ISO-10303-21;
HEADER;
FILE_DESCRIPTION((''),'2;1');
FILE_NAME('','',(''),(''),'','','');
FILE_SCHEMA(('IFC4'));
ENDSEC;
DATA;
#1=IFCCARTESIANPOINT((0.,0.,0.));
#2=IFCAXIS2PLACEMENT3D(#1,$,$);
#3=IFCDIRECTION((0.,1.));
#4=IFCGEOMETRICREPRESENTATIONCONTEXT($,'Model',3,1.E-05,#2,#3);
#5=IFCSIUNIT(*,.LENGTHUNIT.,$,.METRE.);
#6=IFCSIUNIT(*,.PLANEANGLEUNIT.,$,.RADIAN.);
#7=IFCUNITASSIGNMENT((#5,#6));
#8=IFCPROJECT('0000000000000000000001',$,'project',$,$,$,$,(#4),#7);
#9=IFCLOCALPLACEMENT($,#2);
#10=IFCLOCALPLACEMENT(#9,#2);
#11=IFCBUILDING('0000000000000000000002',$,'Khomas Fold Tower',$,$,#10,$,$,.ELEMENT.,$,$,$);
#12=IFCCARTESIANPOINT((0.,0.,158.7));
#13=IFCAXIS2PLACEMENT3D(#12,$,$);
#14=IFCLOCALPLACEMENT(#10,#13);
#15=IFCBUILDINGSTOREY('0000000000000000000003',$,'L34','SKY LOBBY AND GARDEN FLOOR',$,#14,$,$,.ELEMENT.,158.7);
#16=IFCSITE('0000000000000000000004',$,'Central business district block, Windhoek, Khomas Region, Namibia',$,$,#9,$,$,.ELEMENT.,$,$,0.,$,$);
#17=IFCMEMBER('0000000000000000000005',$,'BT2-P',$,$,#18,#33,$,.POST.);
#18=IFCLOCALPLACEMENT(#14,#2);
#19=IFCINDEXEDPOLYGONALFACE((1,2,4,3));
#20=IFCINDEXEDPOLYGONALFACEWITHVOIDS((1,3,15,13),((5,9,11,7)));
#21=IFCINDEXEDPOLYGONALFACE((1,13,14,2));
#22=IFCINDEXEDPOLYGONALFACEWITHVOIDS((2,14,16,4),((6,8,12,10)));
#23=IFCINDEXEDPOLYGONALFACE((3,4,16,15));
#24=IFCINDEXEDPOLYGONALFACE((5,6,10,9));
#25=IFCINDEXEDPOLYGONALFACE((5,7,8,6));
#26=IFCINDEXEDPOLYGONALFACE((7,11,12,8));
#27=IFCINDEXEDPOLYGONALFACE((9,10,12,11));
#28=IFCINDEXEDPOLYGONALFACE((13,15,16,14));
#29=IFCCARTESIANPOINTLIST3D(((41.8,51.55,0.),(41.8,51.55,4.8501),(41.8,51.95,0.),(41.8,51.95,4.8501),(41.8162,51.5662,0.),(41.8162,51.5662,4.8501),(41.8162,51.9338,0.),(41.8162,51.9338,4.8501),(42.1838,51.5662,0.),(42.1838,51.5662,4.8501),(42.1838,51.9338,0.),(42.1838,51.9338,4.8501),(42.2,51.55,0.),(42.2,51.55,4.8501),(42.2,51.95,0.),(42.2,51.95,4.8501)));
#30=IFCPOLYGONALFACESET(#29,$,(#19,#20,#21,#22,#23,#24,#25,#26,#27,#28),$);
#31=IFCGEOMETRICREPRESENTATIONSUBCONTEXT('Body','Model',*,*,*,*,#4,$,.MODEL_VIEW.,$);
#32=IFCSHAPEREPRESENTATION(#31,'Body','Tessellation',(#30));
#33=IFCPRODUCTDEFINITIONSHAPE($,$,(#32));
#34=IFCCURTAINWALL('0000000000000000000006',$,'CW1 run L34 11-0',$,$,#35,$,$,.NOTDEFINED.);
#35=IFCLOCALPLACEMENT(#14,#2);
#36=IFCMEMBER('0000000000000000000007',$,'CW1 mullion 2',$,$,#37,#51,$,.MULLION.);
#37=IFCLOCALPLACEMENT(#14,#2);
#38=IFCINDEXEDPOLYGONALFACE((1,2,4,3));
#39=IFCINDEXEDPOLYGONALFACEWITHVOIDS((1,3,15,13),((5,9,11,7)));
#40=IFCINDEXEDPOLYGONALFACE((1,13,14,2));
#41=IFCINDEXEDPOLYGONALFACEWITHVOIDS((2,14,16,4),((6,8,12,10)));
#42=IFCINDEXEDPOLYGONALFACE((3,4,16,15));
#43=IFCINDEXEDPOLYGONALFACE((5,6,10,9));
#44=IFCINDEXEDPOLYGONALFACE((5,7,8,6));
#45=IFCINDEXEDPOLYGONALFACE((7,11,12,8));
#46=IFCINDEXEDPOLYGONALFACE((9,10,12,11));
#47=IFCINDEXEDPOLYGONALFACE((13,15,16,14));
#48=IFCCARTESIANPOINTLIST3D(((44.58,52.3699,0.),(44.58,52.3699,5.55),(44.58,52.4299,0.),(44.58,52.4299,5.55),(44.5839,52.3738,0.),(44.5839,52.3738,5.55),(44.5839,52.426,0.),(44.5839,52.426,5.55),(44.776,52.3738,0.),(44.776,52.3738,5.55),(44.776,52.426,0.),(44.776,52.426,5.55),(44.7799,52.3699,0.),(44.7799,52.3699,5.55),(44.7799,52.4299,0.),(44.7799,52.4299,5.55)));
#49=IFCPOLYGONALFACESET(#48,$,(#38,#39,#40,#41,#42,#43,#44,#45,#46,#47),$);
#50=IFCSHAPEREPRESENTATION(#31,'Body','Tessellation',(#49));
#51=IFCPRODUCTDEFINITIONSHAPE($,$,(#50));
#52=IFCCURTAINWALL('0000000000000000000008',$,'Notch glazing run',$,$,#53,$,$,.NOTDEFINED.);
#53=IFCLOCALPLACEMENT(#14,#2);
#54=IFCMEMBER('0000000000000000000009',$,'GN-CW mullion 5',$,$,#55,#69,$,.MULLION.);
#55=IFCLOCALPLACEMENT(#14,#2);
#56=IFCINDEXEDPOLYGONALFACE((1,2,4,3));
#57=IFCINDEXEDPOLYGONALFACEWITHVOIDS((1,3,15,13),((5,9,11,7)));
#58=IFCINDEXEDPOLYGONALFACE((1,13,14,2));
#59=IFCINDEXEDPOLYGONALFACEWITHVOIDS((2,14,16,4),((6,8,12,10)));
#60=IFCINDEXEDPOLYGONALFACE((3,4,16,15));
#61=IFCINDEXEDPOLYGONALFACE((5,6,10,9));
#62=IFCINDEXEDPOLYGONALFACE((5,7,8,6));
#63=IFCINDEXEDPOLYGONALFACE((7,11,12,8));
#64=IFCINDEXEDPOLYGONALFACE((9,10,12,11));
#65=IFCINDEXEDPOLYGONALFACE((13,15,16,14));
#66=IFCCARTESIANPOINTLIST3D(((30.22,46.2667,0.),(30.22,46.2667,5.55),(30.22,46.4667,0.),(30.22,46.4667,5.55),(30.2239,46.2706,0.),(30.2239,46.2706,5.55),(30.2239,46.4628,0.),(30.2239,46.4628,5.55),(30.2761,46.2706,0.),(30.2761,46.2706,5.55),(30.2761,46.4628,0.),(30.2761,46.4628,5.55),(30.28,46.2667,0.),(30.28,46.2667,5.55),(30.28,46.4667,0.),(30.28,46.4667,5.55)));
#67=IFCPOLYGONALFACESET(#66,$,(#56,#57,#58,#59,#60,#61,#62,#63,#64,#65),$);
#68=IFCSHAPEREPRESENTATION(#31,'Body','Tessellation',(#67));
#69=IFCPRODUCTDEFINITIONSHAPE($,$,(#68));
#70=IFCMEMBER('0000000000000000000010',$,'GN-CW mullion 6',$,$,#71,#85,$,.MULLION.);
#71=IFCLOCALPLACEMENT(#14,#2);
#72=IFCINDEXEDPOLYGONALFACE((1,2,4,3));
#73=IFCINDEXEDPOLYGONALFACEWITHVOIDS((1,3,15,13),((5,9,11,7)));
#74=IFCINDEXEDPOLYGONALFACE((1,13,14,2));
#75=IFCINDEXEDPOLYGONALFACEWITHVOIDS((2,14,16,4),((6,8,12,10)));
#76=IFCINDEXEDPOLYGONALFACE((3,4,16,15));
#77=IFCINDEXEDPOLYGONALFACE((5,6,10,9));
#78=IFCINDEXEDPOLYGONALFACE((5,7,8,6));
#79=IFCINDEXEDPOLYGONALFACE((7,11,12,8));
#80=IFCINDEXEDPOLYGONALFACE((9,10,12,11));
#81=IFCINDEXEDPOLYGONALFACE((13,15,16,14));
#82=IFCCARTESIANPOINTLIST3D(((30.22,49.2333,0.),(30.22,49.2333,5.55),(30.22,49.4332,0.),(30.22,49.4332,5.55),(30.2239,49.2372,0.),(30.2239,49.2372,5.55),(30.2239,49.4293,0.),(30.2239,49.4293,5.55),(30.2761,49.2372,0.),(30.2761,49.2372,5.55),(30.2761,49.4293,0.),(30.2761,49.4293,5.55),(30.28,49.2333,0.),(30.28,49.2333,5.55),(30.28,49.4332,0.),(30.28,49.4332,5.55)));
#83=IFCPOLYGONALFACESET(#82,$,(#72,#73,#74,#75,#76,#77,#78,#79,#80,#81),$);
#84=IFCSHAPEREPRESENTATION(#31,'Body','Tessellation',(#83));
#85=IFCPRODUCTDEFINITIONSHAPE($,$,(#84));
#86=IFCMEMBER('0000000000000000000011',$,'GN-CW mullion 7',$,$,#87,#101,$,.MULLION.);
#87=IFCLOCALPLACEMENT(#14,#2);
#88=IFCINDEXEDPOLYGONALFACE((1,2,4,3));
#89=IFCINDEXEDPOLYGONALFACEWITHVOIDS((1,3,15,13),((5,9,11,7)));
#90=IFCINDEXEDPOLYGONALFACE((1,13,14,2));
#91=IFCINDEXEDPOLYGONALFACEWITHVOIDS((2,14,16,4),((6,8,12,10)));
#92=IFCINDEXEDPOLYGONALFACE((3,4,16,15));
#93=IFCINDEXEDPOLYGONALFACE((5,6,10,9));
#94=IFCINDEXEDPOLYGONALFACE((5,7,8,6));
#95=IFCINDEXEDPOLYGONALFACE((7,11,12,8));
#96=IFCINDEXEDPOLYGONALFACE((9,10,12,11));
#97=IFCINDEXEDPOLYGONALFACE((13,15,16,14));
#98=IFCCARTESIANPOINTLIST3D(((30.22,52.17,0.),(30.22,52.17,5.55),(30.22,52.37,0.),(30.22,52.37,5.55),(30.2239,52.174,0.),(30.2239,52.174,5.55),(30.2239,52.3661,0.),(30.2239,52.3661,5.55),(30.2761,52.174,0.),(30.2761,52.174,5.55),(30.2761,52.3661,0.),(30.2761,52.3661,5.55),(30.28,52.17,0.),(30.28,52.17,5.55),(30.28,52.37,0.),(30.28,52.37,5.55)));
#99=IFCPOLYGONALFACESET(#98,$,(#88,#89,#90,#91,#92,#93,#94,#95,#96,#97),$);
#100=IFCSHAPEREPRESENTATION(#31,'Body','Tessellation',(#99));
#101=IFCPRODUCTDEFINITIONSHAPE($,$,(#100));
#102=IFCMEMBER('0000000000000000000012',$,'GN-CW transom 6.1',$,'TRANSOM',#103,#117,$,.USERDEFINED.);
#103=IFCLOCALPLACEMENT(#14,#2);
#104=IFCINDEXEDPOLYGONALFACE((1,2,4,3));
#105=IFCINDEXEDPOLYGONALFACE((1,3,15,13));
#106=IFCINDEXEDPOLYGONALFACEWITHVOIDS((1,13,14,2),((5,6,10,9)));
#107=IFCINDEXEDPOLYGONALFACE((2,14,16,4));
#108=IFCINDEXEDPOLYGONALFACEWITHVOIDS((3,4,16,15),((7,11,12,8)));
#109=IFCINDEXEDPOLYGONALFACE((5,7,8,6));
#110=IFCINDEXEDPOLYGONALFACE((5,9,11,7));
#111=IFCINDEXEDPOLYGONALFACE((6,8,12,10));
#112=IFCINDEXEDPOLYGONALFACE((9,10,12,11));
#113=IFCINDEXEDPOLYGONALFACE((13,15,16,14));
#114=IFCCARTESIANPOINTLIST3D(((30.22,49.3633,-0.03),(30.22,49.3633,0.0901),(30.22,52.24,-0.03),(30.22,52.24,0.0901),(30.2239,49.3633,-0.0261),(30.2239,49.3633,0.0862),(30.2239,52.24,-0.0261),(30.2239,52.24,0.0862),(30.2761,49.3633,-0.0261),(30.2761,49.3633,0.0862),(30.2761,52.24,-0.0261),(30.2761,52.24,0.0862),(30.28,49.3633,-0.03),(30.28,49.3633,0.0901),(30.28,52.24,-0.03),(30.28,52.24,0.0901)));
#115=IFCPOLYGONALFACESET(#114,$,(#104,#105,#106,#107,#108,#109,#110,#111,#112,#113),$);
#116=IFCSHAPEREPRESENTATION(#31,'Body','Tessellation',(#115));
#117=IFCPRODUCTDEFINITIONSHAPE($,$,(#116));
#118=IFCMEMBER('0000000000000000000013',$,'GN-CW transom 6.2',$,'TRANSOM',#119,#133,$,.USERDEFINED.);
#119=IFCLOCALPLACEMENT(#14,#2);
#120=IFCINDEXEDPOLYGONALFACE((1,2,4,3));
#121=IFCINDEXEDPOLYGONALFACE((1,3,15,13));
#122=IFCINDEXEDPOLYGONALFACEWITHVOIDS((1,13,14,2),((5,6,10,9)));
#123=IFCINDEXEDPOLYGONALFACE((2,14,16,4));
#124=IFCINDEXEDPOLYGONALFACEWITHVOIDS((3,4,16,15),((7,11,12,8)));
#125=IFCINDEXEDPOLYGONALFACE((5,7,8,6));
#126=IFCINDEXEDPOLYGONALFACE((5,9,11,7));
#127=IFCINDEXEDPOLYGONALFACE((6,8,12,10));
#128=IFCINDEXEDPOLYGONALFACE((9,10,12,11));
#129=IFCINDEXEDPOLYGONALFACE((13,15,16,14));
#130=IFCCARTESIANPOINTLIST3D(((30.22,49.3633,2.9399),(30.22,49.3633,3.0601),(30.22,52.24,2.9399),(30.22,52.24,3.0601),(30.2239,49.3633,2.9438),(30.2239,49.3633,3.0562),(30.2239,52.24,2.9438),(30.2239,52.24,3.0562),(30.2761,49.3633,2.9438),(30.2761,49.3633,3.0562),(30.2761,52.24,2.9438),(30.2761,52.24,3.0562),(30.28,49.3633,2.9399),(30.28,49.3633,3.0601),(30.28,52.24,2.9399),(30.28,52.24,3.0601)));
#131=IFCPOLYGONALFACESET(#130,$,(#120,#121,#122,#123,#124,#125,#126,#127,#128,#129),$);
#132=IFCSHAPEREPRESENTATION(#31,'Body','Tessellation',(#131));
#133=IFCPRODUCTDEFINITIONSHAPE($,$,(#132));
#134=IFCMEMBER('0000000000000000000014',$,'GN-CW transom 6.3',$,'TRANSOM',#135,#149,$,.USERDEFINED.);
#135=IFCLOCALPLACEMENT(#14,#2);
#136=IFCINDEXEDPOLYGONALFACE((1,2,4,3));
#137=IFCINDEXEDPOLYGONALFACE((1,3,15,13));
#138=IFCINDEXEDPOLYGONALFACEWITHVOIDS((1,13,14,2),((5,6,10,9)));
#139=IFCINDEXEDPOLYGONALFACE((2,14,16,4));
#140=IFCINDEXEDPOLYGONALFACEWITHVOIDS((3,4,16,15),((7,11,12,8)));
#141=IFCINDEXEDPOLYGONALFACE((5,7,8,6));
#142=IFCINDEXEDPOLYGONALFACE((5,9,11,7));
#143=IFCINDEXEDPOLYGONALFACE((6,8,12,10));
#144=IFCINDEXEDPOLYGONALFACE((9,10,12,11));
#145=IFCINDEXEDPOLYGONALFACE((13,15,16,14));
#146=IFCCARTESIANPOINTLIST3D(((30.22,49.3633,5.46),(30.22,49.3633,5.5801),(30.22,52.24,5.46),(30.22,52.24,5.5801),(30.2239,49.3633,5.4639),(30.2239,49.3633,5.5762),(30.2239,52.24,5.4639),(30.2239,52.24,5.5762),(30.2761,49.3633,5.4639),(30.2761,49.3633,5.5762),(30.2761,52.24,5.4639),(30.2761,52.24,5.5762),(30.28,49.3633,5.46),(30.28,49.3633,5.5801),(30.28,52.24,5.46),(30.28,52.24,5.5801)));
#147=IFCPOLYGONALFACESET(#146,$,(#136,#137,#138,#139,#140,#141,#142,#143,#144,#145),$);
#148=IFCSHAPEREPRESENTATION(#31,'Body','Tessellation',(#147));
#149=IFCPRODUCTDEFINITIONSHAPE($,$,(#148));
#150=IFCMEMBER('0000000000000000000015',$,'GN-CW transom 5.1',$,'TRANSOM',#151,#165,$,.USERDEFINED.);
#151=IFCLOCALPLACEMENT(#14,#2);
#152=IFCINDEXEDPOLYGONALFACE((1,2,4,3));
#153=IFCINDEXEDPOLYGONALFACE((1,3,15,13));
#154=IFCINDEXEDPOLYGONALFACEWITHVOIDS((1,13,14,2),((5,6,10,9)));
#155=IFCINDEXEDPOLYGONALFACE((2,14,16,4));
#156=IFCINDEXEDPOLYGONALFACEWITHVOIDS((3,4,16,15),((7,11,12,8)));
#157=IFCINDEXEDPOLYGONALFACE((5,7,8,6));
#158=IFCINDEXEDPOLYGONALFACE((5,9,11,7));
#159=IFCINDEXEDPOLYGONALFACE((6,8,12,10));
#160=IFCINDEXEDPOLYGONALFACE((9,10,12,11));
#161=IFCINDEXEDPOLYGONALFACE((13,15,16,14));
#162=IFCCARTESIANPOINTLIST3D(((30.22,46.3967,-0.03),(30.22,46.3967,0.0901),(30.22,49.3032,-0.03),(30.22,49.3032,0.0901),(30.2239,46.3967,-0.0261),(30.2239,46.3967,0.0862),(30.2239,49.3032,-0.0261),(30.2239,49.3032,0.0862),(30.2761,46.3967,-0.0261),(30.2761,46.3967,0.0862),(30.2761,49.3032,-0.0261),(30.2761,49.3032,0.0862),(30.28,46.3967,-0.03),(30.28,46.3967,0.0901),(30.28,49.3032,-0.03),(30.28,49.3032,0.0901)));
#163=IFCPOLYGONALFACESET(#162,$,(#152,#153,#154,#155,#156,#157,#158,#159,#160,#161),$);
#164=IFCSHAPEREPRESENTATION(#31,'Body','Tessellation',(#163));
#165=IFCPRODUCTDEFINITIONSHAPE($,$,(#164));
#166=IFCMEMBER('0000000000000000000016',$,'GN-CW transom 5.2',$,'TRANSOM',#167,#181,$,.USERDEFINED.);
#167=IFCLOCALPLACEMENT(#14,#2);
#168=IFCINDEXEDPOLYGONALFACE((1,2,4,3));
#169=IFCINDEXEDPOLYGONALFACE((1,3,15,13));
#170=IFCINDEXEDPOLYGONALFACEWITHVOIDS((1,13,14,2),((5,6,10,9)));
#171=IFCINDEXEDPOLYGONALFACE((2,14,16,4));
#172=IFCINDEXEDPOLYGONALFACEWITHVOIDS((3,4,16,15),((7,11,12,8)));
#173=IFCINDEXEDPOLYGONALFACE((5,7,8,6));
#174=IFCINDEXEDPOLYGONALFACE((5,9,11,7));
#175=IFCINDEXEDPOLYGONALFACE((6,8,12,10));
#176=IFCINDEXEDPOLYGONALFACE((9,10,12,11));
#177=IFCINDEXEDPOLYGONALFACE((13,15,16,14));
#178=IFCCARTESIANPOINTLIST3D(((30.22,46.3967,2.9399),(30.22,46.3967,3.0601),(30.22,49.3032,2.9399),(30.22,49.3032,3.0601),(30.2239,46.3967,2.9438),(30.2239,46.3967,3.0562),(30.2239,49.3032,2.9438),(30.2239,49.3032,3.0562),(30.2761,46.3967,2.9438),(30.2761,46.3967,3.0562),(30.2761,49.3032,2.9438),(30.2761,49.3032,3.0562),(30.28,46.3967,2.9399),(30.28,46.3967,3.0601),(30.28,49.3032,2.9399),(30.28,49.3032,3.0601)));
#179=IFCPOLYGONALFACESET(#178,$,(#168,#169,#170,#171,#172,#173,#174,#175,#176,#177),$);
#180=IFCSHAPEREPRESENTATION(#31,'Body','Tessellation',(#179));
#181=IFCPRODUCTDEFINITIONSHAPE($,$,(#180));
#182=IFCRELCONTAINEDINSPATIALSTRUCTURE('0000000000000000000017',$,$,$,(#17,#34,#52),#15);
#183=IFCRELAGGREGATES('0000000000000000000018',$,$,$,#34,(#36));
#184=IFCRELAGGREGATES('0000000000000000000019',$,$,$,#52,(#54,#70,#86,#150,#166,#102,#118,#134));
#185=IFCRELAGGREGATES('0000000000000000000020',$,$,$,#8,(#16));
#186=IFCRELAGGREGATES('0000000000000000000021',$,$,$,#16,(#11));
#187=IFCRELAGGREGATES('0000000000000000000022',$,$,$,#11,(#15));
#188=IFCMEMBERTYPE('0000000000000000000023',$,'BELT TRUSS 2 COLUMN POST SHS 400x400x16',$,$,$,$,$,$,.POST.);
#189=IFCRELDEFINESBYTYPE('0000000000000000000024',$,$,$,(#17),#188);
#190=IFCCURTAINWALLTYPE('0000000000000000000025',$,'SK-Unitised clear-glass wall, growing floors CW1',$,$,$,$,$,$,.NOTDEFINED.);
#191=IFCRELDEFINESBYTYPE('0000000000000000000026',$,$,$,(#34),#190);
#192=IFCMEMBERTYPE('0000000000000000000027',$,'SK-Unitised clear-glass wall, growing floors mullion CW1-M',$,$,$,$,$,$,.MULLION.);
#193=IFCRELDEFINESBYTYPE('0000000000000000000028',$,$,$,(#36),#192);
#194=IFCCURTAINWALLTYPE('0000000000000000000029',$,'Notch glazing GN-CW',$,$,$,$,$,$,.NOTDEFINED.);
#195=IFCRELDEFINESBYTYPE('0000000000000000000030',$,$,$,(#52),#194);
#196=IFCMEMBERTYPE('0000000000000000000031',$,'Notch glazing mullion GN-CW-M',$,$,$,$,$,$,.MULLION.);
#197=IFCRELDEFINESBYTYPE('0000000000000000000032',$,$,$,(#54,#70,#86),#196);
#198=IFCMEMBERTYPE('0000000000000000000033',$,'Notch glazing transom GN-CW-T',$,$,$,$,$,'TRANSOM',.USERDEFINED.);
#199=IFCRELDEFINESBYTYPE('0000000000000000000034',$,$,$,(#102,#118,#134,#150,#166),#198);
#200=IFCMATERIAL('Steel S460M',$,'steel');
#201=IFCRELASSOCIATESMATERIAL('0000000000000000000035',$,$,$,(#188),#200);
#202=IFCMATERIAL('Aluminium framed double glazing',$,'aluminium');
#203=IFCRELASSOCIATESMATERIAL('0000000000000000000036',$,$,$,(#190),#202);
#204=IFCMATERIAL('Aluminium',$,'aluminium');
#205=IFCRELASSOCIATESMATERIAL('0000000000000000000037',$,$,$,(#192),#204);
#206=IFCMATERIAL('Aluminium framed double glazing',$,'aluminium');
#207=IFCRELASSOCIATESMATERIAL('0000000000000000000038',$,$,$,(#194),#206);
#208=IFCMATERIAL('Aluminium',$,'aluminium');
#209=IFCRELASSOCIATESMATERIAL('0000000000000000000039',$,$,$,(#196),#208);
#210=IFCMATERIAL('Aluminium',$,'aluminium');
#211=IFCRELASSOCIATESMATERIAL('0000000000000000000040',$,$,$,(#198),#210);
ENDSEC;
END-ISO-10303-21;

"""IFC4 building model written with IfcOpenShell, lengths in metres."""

from ifc_helpers import new_model, si_unit, direction, frame, origin, origin_2d, place, context, subcontext, project, spatial, hollow_rectangle, extrude, source, transform, mapped, material, material_profile, profile_set, type_object, element, aggregate, save


model = new_model("IFC4")

# Units and contexts
model_context = context("Model", 3, precision=1e-05, world=origin(), true_north=direction((0.0, 1.0)))
body_context = subcontext(model_context, "Body", "Model", "MODEL_VIEW")
ifc_project = project(units=[si_unit("LENGTHUNIT", "METRE"), si_unit("PLANEANGLEUNIT", "RADIAN")], contexts=[model_context])

# Site, building, storey
site_placement = place(None, origin())
site = spatial("IfcSite", under=ifc_project, at=site_placement, Name="Central business district block, Windhoek, Khomas Region, Namibia", CompositionType="ELEMENT", RefElevation=0.0)
building_placement = place(site_placement, origin())
building = spatial("IfcBuilding", under=site, at=building_placement, Name="Khomas Fold Tower", CompositionType="ELEMENT")
storey_placement = place(building_placement, frame((0.0, 0.0, 158.7)))
storey = spatial("IfcBuildingStorey", under=building, at=storey_placement, Name="L34", Description="SKY LOBBY AND GARDEN FLOOR", CompositionType="ELEMENT", Elevation=158.7)

# Member
ifc_material_1 = material(Name="Steel S460M", Category="steel")
ifc_material_profile_1 = material_profile(ifc_material_1, hollow_rectangle(XDim=0.3999, YDim=0.3999, WallThickness=0.0161, at=origin_2d()), Name="SHS 400x400x16")
ifc_profile_set_1 = profile_set([ifc_material_profile_1], Name="Steel S460M")
member_type_1 = type_object("IfcMemberType", Name="BELT TRUSS 2 COLUMN POST SHS 400x400x16", PredefinedType="POST", material=ifc_profile_set_1)
shared_shape_1 = source(origin(), body_context, "Body", "SweptSolid", [
    extrude(hollow_rectangle(XDim=0.3999, YDim=0.3999, WallThickness=0.0161, at=origin_2d()), origin(), (0.0, 0.0, 1.0), 4.8501),
])
member_1_placement = place(storey_placement, frame((42.0, 51.75, 0.0), z_axis=(0.0, 0.0, 1.0), x_axis=(1.0, 0.0, 0.0)))
element("IfcMember", 1, at=member_1_placement, inside=storey, type_object=member_type_1, Name="BT2-P", PredefinedType="POST", context=body_context, shape_type="MappedRepresentation", body=[
    mapped(shared_shape_1, transform((0.0, 0.0, 0.0))),
])

# Curtain wall, member
ifc_material_2 = material(Name="Aluminium framed double glazing", Category="aluminium")
curtain_wall_type_1 = type_object("IfcCurtainWallType", Name="SK-Unitised clear-glass wall, growing floors CW1", PredefinedType="NOTDEFINED", material=ifc_material_2)
curtain_wall_1_placement = place(storey_placement, origin())
curtain_wall_1 = element("IfcCurtainWall", 2, at=curtain_wall_1_placement, inside=storey, type_object=curtain_wall_type_1, Name="CW1 run L34 11-0", PredefinedType="NOTDEFINED")
ifc_material_3 = material(Name="Aluminium", Category="aluminium")
ifc_material_profile_2 = material_profile(ifc_material_3, hollow_rectangle(XDim=0.0601, YDim=0.2, WallThickness=0.0039, at=origin_2d()), Name="SK-Unitised clear-glass wall, growing floors mullion CW1-M")
ifc_profile_set_2 = profile_set([ifc_material_profile_2], Name="Aluminium")
member_type_2 = type_object("IfcMemberType", Name="SK-Unitised clear-glass wall, growing floors mullion CW1-M", PredefinedType="MULLION", material=ifc_profile_set_2)
shared_shape_2 = source(origin(), body_context, "Body", "SweptSolid", [
    extrude(hollow_rectangle(XDim=0.0601, YDim=0.2, WallThickness=0.0039, at=origin_2d()), origin(), (0.0, 0.0, 1.0), 5.55),
])
member_2_placement = place(storey_placement, frame((44.6799, 52.3999, 0.0), z_axis=(0.0, 0.0, 1.0), x_axis=(0.0, -1.0, 0.0)))
member_2 = element("IfcMember", 3, at=member_2_placement, type_object=member_type_2, Name="CW1 mullion 2", PredefinedType="MULLION", context=body_context, shape_type="MappedRepresentation", body=[
    mapped(shared_shape_2, transform((0.0, 0.0, 0.0))),
])
aggregate(curtain_wall_1, [member_2])

# Curtain wall, members
ifc_material_4 = material(Name="Aluminium framed double glazing", Category="aluminium")
curtain_wall_type_2 = type_object("IfcCurtainWallType", Name="Notch glazing GN-CW", PredefinedType="NOTDEFINED", material=ifc_material_4)
curtain_wall_2_placement = place(storey_placement, origin())
curtain_wall_2 = element("IfcCurtainWall", 4, at=curtain_wall_2_placement, inside=storey, type_object=curtain_wall_type_2, Name="Notch glazing run", PredefinedType="NOTDEFINED")
ifc_material_5 = material(Name="Aluminium", Category="aluminium")
ifc_material_profile_3 = material_profile(ifc_material_5, hollow_rectangle(XDim=0.0601, YDim=0.2, WallThickness=0.0039, at=origin_2d()), Name="Notch glazing mullion GN-CW-M")
ifc_profile_set_3 = profile_set([ifc_material_profile_3], Name="Aluminium")
member_type_3 = type_object("IfcMemberType", Name="Notch glazing mullion GN-CW-M", PredefinedType="MULLION", material=ifc_profile_set_3)
shared_shape_3 = source(origin(), body_context, "Body", "SweptSolid", [
    extrude(hollow_rectangle(XDim=0.0601, YDim=0.2, WallThickness=0.0039, at=origin_2d()), origin(), (0.0, 0.0, 1.0), 5.55),
])
member_3_placement = place(storey_placement, frame((30.25, 46.3667, 0.0), z_axis=(0.0, 0.0, 1.0), x_axis=(-1.0, 0.0, 0.0)))
member_3 = element("IfcMember", 5, at=member_3_placement, type_object=member_type_3, Name="GN-CW mullion 5", PredefinedType="MULLION", context=body_context, shape_type="MappedRepresentation", body=[
    mapped(shared_shape_3, transform((0.0, 0.0, 0.0))),
])
member_4_placement = place(storey_placement, frame((30.25, 49.3333, 0.0), z_axis=(0.0, 0.0, 1.0), x_axis=(-1.0, 0.0, 0.0)))
member_4 = element("IfcMember", 6, at=member_4_placement, type_object=member_type_3, Name="GN-CW mullion 6", PredefinedType="MULLION", context=body_context, shape_type="MappedRepresentation", body=[
    mapped(shared_shape_3, transform((0.0, 0.0, 0.0))),
])
member_5_placement = place(storey_placement, frame((30.25, 52.27, 0.0), z_axis=(0.0, 0.0, 1.0), x_axis=(-1.0, 0.0, 0.0)))
member_5 = element("IfcMember", 7, at=member_5_placement, type_object=member_type_3, Name="GN-CW mullion 7", PredefinedType="MULLION", context=body_context, shape_type="MappedRepresentation", body=[
    mapped(shared_shape_3, transform((0.0, 0.0, 0.0))),
])
ifc_material_6 = material(Name="Aluminium", Category="aluminium")
ifc_material_profile_4 = material_profile(ifc_material_6, hollow_rectangle(XDim=0.0601, YDim=0.1201, WallThickness=0.0039, at=origin_2d()), Name="Notch glazing transom GN-CW-T")
ifc_profile_set_4 = profile_set([ifc_material_profile_4], Name="Aluminium")
member_type_4 = type_object("IfcMemberType", Name="Notch glazing transom GN-CW-T", ElementType="TRANSOM", PredefinedType="USERDEFINED", material=ifc_profile_set_4)
shared_shape_4 = source(origin(), body_context, "Body", "SweptSolid", [
    extrude(hollow_rectangle(XDim=0.0601, YDim=0.1201, WallThickness=0.0039, at=origin_2d()), origin(), (0.0, 0.0, 1.0), 2.8767),
])
member_6_placement = place(storey_placement, frame((30.25, 49.3633, 0.03), z_axis=(0.0, 1.0, 0.0), x_axis=(-1.0, 0.0, 0.0)))
member_6 = element("IfcMember", 8, at=member_6_placement, type_object=member_type_4, Name="GN-CW transom 6.1", ObjectType="TRANSOM", PredefinedType="USERDEFINED", context=body_context, shape_type="MappedRepresentation", body=[
    mapped(shared_shape_4, transform((0.0, 0.0, 0.0))),
])
member_7_placement = place(storey_placement, frame((30.25, 49.3633, 3.0), z_axis=(0.0, 1.0, 0.0), x_axis=(-1.0, 0.0, 0.0)))
member_7 = element("IfcMember", 9, at=member_7_placement, type_object=member_type_4, Name="GN-CW transom 6.2", ObjectType="TRANSOM", PredefinedType="USERDEFINED", context=body_context, shape_type="MappedRepresentation", body=[
    mapped(shared_shape_4, transform((0.0, 0.0, 0.0))),
])
member_8_placement = place(storey_placement, frame((30.25, 49.3633, 5.52), z_axis=(0.0, 1.0, 0.0), x_axis=(-1.0, 0.0, 0.0)))
member_8 = element("IfcMember", 10, at=member_8_placement, type_object=member_type_4, Name="GN-CW transom 6.3", ObjectType="TRANSOM", PredefinedType="USERDEFINED", context=body_context, shape_type="MappedRepresentation", body=[
    mapped(shared_shape_4, transform((0.0, 0.0, 0.0))),
])
shared_shape_5 = source(origin(), body_context, "Body", "SweptSolid", [
    extrude(hollow_rectangle(XDim=0.0601, YDim=0.1201, WallThickness=0.0039, at=origin_2d()), origin(), (0.0, 0.0, 1.0), 2.9065),
])
member_9_placement = place(storey_placement, frame((30.25, 46.3967, 0.03), z_axis=(0.0, 1.0, 0.0), x_axis=(-1.0, 0.0, 0.0)))
member_9 = element("IfcMember", 11, at=member_9_placement, type_object=member_type_4, Name="GN-CW transom 5.1", ObjectType="TRANSOM", PredefinedType="USERDEFINED", context=body_context, shape_type="MappedRepresentation", body=[
    mapped(shared_shape_5, transform((0.0, 0.0, 0.0))),
])
member_10_placement = place(storey_placement, frame((30.25, 46.3967, 3.0), z_axis=(0.0, 1.0, 0.0), x_axis=(-1.0, 0.0, 0.0)))
member_10 = element("IfcMember", 12, at=member_10_placement, type_object=member_type_4, Name="GN-CW transom 5.2", ObjectType="TRANSOM", PredefinedType="USERDEFINED", context=body_context, shape_type="MappedRepresentation", body=[
    mapped(shared_shape_5, transform((0.0, 0.0, 0.0))),
])
aggregate(curtain_wall_2, [member_3, member_4, member_5, member_9, member_10, member_6, member_7, member_8])

save(model, "model.ifc")
